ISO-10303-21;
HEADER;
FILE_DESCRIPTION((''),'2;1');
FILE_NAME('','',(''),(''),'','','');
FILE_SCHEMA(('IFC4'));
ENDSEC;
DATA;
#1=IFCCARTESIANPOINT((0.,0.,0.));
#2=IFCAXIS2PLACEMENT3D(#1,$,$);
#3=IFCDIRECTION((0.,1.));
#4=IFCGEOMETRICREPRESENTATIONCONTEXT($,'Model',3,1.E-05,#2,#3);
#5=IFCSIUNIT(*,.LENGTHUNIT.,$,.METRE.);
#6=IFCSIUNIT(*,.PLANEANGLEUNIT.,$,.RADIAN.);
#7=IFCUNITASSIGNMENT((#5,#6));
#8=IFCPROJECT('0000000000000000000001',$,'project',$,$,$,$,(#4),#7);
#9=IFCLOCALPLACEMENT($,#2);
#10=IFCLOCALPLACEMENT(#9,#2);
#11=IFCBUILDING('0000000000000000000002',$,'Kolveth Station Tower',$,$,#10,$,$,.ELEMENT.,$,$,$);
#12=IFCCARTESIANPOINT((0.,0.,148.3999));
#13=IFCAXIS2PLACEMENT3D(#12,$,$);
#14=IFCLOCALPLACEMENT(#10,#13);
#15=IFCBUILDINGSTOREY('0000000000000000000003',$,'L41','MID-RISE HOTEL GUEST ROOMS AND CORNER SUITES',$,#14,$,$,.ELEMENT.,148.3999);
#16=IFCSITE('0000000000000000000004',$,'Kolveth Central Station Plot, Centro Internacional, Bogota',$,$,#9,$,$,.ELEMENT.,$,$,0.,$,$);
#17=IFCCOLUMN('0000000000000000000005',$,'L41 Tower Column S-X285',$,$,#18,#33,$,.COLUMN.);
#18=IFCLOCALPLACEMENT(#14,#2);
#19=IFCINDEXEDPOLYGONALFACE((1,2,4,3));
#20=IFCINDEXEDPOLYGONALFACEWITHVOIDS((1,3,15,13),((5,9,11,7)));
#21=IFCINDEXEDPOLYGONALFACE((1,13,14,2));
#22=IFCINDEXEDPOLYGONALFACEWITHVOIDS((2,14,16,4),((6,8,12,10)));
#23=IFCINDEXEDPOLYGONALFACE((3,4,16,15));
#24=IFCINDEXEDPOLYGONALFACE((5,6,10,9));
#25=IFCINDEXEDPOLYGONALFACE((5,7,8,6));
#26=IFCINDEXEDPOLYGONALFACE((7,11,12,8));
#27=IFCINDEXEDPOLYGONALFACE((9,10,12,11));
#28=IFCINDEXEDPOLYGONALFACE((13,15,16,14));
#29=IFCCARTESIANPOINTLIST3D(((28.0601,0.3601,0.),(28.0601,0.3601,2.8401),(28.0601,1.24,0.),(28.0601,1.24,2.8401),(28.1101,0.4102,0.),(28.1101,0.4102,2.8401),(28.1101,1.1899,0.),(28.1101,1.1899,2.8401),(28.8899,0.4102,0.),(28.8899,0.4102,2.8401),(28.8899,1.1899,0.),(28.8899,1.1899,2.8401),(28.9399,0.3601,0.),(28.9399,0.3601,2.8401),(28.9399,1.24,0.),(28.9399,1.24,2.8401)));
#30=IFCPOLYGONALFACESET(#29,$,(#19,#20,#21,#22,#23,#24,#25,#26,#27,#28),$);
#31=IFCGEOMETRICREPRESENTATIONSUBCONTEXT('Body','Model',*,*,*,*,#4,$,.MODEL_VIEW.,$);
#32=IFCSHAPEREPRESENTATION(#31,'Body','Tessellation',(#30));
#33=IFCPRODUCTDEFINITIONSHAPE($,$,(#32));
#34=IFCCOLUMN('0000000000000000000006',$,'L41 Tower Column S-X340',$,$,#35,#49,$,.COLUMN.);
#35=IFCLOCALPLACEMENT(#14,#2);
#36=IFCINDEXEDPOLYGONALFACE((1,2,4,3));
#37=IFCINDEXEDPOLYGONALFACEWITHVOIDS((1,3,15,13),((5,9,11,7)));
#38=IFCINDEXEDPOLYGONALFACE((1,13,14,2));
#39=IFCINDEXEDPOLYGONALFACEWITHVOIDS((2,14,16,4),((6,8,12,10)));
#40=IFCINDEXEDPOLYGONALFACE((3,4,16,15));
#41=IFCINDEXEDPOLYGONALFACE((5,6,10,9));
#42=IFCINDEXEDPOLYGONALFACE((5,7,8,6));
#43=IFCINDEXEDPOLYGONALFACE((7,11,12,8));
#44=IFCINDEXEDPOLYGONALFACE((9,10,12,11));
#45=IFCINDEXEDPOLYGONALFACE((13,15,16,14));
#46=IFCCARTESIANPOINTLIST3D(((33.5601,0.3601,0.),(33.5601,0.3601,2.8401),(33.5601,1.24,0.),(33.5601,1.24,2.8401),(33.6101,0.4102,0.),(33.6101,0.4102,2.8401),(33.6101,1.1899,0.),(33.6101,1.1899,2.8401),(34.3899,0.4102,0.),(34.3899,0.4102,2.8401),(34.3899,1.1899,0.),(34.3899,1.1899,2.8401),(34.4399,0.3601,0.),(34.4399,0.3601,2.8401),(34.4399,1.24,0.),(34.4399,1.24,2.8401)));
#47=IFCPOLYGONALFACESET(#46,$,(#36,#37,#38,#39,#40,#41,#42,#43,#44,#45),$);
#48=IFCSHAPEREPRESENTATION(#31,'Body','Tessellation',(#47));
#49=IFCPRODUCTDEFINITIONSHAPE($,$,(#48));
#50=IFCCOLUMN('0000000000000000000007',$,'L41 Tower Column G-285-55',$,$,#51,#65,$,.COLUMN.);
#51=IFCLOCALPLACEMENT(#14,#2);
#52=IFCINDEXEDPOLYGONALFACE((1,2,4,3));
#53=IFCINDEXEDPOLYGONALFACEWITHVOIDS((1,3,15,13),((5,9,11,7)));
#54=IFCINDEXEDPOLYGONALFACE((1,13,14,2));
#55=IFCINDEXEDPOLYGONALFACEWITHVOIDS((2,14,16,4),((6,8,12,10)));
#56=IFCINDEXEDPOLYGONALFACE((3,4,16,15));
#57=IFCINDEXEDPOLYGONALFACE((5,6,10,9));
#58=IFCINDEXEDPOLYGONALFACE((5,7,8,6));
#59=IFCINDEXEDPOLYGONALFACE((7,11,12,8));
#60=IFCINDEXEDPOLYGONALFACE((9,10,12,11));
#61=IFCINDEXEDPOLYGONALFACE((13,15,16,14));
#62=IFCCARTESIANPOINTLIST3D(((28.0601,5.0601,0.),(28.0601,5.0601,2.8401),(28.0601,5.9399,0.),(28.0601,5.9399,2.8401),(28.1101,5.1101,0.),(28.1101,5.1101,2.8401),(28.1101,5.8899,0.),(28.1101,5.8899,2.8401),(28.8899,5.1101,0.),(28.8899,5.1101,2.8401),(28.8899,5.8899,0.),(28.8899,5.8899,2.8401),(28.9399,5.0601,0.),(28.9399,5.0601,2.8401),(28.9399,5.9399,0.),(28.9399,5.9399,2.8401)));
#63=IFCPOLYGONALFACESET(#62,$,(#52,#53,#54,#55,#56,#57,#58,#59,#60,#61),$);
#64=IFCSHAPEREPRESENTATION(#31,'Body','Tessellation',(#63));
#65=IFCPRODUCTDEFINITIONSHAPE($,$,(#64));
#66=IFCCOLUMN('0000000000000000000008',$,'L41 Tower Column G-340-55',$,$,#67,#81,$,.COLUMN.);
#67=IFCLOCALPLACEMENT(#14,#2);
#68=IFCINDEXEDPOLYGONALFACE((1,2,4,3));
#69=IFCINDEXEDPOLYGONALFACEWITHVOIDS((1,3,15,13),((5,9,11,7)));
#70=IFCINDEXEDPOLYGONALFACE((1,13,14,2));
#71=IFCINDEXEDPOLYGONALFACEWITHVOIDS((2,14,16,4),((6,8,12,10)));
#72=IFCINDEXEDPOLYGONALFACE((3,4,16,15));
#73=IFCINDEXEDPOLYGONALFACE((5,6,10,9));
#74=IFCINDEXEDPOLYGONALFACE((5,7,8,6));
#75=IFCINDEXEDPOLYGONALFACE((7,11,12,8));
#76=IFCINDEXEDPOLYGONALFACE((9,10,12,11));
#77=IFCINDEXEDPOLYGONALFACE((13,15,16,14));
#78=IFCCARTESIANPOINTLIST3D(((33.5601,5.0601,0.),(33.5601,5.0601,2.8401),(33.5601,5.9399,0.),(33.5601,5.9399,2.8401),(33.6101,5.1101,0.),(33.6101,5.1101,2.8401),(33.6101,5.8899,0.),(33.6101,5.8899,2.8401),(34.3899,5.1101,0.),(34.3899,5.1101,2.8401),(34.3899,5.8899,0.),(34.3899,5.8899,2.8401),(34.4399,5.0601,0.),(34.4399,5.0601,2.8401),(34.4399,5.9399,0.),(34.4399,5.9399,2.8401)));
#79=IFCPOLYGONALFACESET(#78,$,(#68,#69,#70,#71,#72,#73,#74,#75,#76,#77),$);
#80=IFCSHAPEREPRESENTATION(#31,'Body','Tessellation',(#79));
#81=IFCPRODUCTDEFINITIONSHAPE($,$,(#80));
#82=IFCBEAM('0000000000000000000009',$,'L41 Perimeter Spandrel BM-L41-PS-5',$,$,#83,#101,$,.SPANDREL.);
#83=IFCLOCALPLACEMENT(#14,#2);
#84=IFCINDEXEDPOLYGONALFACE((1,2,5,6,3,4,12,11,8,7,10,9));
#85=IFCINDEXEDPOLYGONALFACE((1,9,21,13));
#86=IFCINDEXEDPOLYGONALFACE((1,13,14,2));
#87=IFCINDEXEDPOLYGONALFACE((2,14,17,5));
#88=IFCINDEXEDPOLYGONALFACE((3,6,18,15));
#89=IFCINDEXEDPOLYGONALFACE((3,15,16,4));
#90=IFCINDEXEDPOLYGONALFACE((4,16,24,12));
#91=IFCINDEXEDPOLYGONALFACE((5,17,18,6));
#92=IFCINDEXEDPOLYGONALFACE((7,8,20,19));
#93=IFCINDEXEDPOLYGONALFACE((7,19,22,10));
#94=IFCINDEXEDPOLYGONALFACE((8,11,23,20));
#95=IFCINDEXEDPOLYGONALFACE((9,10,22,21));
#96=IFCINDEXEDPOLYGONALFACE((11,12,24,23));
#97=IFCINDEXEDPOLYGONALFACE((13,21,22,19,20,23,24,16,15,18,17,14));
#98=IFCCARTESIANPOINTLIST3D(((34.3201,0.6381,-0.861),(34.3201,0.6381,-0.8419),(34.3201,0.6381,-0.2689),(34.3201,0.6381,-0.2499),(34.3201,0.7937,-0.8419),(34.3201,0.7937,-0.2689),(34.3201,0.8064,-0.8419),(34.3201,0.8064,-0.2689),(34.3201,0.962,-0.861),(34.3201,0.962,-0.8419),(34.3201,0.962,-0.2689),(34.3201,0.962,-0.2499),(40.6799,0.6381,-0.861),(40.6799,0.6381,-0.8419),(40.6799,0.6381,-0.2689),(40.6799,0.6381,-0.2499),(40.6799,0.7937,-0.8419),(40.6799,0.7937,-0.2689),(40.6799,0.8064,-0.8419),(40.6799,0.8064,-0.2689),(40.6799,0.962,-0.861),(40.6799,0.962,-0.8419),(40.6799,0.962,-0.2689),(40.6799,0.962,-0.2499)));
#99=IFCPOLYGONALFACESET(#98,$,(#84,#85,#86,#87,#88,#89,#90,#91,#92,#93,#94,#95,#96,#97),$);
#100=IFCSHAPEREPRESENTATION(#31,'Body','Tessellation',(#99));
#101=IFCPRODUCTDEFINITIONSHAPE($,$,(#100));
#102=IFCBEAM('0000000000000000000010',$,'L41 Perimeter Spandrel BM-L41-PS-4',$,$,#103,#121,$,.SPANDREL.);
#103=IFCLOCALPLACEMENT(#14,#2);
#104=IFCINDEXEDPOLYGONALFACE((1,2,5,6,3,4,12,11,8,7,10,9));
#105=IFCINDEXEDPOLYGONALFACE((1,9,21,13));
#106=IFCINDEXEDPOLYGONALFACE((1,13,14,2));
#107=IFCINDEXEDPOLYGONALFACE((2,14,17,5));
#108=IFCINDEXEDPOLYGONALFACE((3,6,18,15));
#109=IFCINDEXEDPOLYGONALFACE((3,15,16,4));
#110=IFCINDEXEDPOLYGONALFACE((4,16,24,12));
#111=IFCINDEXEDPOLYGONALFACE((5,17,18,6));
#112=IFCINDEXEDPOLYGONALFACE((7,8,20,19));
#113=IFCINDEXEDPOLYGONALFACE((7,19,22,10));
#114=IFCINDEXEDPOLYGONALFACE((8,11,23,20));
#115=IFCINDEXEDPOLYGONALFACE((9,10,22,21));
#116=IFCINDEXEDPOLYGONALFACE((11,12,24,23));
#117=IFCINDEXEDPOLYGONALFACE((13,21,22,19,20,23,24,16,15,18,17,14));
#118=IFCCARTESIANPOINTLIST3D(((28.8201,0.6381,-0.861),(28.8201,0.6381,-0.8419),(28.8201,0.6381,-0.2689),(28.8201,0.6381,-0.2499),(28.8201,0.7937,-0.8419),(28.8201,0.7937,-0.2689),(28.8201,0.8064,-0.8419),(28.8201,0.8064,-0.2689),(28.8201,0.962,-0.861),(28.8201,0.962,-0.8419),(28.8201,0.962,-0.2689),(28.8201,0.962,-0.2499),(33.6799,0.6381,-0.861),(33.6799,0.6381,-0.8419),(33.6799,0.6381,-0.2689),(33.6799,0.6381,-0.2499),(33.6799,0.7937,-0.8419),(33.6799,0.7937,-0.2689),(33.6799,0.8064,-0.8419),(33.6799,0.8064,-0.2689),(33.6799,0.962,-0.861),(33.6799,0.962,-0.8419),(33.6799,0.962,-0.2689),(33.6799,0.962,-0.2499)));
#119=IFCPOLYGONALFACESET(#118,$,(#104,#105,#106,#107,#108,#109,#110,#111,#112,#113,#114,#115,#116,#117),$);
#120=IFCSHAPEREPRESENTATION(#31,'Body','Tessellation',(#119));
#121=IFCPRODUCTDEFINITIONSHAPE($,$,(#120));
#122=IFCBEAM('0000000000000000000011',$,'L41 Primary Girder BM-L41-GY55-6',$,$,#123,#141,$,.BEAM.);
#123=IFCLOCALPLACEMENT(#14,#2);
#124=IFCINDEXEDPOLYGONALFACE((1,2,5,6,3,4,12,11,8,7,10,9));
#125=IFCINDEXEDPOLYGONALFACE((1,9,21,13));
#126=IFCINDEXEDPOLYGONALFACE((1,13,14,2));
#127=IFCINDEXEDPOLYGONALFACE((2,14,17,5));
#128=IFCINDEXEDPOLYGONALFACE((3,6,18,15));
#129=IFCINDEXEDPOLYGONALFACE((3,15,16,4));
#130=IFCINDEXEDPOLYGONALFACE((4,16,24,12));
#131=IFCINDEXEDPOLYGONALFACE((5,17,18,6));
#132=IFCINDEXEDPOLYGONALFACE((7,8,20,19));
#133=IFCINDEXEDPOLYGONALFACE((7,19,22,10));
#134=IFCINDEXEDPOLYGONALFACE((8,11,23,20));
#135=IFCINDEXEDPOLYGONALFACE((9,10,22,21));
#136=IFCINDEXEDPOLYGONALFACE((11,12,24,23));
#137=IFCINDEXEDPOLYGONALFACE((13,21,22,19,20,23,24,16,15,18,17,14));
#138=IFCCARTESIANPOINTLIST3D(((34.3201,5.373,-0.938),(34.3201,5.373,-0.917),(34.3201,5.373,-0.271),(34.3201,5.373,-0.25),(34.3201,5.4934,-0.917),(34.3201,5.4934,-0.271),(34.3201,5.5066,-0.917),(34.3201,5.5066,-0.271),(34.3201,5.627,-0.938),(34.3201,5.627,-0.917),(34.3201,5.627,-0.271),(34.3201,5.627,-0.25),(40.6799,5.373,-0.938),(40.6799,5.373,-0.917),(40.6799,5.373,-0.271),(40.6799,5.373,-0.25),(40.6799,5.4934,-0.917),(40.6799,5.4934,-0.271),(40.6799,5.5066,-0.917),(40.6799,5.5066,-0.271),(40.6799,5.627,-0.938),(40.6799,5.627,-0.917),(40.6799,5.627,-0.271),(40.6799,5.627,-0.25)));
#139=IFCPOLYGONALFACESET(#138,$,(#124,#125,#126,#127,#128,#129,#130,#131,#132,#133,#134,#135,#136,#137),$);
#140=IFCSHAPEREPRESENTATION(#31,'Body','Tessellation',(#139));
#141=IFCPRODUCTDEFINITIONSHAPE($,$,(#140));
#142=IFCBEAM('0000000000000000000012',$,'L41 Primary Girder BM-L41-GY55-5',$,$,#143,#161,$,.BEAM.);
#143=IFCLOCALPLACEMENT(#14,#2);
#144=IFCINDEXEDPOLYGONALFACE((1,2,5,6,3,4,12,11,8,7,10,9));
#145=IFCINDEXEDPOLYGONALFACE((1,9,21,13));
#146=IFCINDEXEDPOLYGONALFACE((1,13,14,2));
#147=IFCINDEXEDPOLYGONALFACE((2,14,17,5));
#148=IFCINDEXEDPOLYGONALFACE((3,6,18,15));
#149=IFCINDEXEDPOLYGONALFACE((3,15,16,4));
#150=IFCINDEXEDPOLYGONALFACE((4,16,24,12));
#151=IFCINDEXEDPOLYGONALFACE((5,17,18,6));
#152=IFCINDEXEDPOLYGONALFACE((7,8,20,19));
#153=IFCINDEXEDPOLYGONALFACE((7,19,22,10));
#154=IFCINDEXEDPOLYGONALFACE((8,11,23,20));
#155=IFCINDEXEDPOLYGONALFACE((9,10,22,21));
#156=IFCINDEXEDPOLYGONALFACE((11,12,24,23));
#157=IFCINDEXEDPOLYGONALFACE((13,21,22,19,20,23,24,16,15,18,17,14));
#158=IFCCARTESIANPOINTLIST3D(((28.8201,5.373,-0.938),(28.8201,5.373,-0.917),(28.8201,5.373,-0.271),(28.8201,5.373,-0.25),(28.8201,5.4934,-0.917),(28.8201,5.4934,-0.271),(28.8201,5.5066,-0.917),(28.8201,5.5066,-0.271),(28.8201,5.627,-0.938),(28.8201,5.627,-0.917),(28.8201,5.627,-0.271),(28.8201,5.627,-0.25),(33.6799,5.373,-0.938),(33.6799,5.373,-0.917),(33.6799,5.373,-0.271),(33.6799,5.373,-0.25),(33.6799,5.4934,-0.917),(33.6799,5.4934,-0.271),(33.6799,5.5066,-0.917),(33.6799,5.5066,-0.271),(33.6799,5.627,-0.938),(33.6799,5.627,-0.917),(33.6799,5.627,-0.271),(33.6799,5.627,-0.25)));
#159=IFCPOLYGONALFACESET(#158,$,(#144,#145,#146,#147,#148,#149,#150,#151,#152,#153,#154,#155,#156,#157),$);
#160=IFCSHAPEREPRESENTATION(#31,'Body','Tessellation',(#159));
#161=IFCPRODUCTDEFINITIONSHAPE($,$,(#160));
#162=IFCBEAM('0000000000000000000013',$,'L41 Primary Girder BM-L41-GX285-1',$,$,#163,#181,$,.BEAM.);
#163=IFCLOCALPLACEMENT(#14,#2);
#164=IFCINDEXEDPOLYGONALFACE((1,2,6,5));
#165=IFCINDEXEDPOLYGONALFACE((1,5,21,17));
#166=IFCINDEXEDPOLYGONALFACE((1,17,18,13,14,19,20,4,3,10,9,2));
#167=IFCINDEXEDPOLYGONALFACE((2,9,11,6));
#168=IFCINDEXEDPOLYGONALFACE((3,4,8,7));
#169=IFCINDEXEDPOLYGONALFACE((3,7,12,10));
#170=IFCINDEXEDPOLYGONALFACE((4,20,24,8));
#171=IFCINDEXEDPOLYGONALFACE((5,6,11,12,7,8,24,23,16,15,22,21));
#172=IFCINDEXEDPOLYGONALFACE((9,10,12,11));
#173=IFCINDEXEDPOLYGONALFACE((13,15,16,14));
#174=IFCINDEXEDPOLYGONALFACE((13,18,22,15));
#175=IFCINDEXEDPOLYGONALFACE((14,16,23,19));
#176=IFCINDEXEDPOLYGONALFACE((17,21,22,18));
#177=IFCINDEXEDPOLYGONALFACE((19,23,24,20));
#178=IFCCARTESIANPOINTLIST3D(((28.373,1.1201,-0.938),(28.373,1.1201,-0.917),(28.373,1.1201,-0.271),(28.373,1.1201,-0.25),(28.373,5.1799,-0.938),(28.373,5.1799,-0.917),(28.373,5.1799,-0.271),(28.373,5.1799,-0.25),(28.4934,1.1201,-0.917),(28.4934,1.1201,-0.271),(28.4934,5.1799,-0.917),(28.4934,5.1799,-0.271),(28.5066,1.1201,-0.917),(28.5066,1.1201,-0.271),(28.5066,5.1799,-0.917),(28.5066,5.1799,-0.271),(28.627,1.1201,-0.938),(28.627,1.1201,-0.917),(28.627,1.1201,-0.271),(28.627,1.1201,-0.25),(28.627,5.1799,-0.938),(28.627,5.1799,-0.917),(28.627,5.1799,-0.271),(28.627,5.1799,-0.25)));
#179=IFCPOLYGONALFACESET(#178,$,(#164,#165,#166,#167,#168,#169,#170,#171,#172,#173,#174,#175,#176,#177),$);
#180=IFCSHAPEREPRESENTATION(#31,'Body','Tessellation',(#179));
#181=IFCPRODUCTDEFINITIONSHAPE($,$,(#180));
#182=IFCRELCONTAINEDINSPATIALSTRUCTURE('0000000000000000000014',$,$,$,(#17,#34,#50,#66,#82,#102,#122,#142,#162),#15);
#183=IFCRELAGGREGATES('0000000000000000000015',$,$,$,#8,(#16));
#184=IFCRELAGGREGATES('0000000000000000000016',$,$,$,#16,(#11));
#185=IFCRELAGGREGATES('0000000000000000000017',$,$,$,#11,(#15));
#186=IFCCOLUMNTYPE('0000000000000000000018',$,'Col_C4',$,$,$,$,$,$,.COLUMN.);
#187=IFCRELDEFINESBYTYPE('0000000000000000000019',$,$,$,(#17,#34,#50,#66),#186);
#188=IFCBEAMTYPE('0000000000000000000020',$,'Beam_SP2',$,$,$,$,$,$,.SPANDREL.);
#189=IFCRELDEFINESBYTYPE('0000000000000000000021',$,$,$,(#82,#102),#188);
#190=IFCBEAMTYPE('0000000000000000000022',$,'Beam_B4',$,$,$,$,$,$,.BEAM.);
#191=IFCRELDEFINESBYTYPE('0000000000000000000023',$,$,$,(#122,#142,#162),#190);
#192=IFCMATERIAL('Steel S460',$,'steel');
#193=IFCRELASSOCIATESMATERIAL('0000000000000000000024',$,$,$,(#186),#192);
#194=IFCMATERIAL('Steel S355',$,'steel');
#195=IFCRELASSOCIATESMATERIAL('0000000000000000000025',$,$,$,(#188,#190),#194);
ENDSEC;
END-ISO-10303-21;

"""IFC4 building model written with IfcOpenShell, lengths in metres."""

from ifc_helpers import new_model, si_unit, direction, frame, origin, origin_2d, place, context, subcontext, project, spatial, hollow_rectangle, i_section, extrude, source, transform, mapped, material, material_profile, profile_set, type_object, element, save


model = new_model("IFC4")

# Units and contexts
model_context = context("Model", 3, precision=1e-05, world=origin(), true_north=direction((0.0, 1.0)))
body_context = subcontext(model_context, "Body", "Model", "MODEL_VIEW")
ifc_project = project(units=[si_unit("LENGTHUNIT", "METRE"), si_unit("PLANEANGLEUNIT", "RADIAN")], contexts=[model_context])

# Site, building, storey
site_placement = place(None, origin())
site = spatial("IfcSite", under=ifc_project, at=site_placement, Name="Kolveth Central Station Plot, Centro Internacional, Bogota", CompositionType="ELEMENT", RefElevation=0.0)
building_placement = place(site_placement, origin())
building = spatial("IfcBuilding", under=site, at=building_placement, Name="Kolveth Station Tower", CompositionType="ELEMENT")
storey_placement = place(building_placement, frame((0.0, 0.0, 148.3999)))
storey = spatial("IfcBuildingStorey", under=building, at=storey_placement, Name="L41", Description="MID-RISE HOTEL GUEST ROOMS AND CORNER SUITES", CompositionType="ELEMENT", Elevation=148.3999)

# Columns
ifc_material_1 = material(Name="Steel S460", Category="steel")
ifc_material_profile_1 = material_profile(ifc_material_1, hollow_rectangle(XDim=0.8799, YDim=0.8799, WallThickness=0.05, at=origin_2d()), Name="BOX880x880x50")
ifc_profile_set_1 = profile_set([ifc_material_profile_1], Name="Steel S460")
column_type = type_object("IfcColumnType", Name="Col_C4", PredefinedType="COLUMN", material=ifc_profile_set_1)
shared_shape_1 = source(origin(), body_context, "Body", "SweptSolid", [
    extrude(hollow_rectangle(XDim=0.8799, YDim=0.8799, WallThickness=0.05, at=origin_2d()), origin(), (0.0, 0.0, 1.0), 2.8401),
])
for number, where, z_axis, x_axis, name in (
    (1, (28.5, 0.8, 0.0), (0.0, 0.0, 1.0), (1.0, 0.0, 0.0), "L41 Tower Column S-X285"),
    (2, (34.0, 0.8, 0.0), (0.0, 0.0, 1.0), (1.0, 0.0, 0.0), "L41 Tower Column S-X340"),
    (3, (28.5, 5.5, 0.0), (0.0, 0.0, 1.0), (1.0, 0.0, 0.0), "L41 Tower Column G-285-55"),
    (4, (34.0, 5.5, 0.0), (0.0, 0.0, 1.0), (1.0, 0.0, 0.0), "L41 Tower Column G-340-55"),
):
    element("IfcColumn", number, at=place(storey_placement, frame(where, z_axis=z_axis, x_axis=x_axis)), inside=storey, type_object=column_type, Name=name, PredefinedType="COLUMN", context=body_context, shape_type="MappedRepresentation", body=[
        mapped(shared_shape_1, transform((0.0, 0.0, 0.0), x_axis=(1.0, 0.0, 0.0), y_axis=(0.0, 1.0, 0.0), z_axis=(0.0, 0.0, 1.0), scale=1.0)),
    ])

# Beams
ifc_material_2 = material(Name="Steel S355", Category="steel")
ifc_material_profile_2 = material_profile(ifc_material_2, i_section(OverallWidth=0.324, OverallDepth=0.6111, WebThickness=0.0127, FlangeThickness=0.019, at=origin_2d()), Name="W610x155")
ifc_profile_set_2 = profile_set([ifc_material_profile_2], Name="Steel S355")
beam_type_1 = type_object("IfcBeamType", Name="Beam_SP2", PredefinedType="SPANDREL", material=ifc_profile_set_2)
shared_shape_2 = source(origin(), body_context, "Body", "SweptSolid", [
    extrude(i_section(OverallWidth=0.324, OverallDepth=0.6111, WebThickness=0.0127, FlangeThickness=0.019, at=origin_2d()), origin(), (0.0, 0.0, 1.0), 6.3599),
])
beam_1_placement = place(storey_placement, frame((34.3201, 0.8, -0.5554), z_axis=(1.0, 0.0, 0.0), x_axis=(0.0, 1.0, 0.0)))
element("IfcBeam", 5, at=beam_1_placement, inside=storey, type_object=beam_type_1, Name="L41 Perimeter Spandrel BM-L41-PS-5", PredefinedType="SPANDREL", context=body_context, shape_type="MappedRepresentation", body=[
    mapped(shared_shape_2, transform((0.0, 0.0, 0.0), x_axis=(1.0, 0.0, 0.0), y_axis=(0.0, 1.0, 0.0), z_axis=(0.0, 0.0, 1.0), scale=1.0)),
])
shared_shape_3 = source(origin(), body_context, "Body", "SweptSolid", [
    extrude(i_section(OverallWidth=0.324, OverallDepth=0.6111, WebThickness=0.0127, FlangeThickness=0.019, at=origin_2d()), origin(), (0.0, 0.0, 1.0), 4.8599),
])
beam_2_placement = place(storey_placement, frame((28.8201, 0.8, -0.5554), z_axis=(1.0, 0.0, 0.0), x_axis=(0.0, 1.0, 0.0)))
element("IfcBeam", 6, at=beam_2_placement, inside=storey, type_object=beam_type_1, Name="L41 Perimeter Spandrel BM-L41-PS-4", PredefinedType="SPANDREL", context=body_context, shape_type="MappedRepresentation", body=[
    mapped(shared_shape_3, transform((0.0, 0.0, 0.0), x_axis=(1.0, 0.0, 0.0), y_axis=(0.0, 1.0, 0.0), z_axis=(0.0, 0.0, 1.0), scale=1.0)),
])
ifc_material_profile_3 = material_profile(ifc_material_2, i_section(OverallWidth=0.2539, OverallDepth=0.688, WebThickness=0.0132, FlangeThickness=0.021, at=origin_2d()), Name="W690x152")
ifc_profile_set_3 = profile_set([ifc_material_profile_3], Name="Steel S355")
beam_type_2 = type_object("IfcBeamType", Name="Beam_B4", PredefinedType="BEAM", material=ifc_profile_set_3)
shared_shape_4 = source(origin(), body_context, "Body", "SweptSolid", [
    extrude(i_section(OverallWidth=0.2539, OverallDepth=0.688, WebThickness=0.0132, FlangeThickness=0.021, at=origin_2d()), origin(), (0.0, 0.0, 1.0), 6.3599),
])
beam_3_placement = place(storey_placement, frame((34.3201, 5.5, -0.594), z_axis=(1.0, 0.0, 0.0), x_axis=(0.0, 1.0, 0.0)))
element("IfcBeam", 7, at=beam_3_placement, inside=storey, type_object=beam_type_2, Name="L41 Primary Girder BM-L41-GY55-6", PredefinedType="BEAM", context=body_context, shape_type="MappedRepresentation", body=[
    mapped(shared_shape_4, transform((0.0, 0.0, 0.0), x_axis=(1.0, 0.0, 0.0), y_axis=(0.0, 1.0, 0.0), z_axis=(0.0, 0.0, 1.0), scale=1.0)),
])
shared_shape_5 = source(origin(), body_context, "Body", "SweptSolid", [
    extrude(i_section(OverallWidth=0.2539, OverallDepth=0.688, WebThickness=0.0132, FlangeThickness=0.021, at=origin_2d()), origin(), (0.0, 0.0, 1.0), 4.8599),
])
beam_4_placement = place(storey_placement, frame((28.8201, 5.5, -0.594), z_axis=(1.0, 0.0, 0.0), x_axis=(0.0, 1.0, 0.0)))
element("IfcBeam", 8, at=beam_4_placement, inside=storey, type_object=beam_type_2, Name="L41 Primary Girder BM-L41-GY55-5", PredefinedType="BEAM", context=body_context, shape_type="MappedRepresentation", body=[
    mapped(shared_shape_5, transform((0.0, 0.0, 0.0), x_axis=(1.0, 0.0, 0.0), y_axis=(0.0, 1.0, 0.0), z_axis=(0.0, 0.0, 1.0), scale=1.0)),
])
shared_shape_6 = source(origin(), body_context, "Body", "SweptSolid", [
    extrude(i_section(OverallWidth=0.2539, OverallDepth=0.688, WebThickness=0.0132, FlangeThickness=0.021, at=origin_2d()), origin(), (0.0, 0.0, 1.0), 4.0598),
])
for number, where, z_axis, x_axis, name in (
    (9, (28.5, 1.1201, -0.594), (0.0, 1.0, 0.0), (-1.0, 0.0, 0.0), "L41 Primary Girder BM-L41-GX285-1"),
):
    element("IfcBeam", number, at=place(storey_placement, frame(where, z_axis=z_axis, x_axis=x_axis)), inside=storey, type_object=beam_type_2, Name=name, PredefinedType="BEAM", context=body_context, shape_type="MappedRepresentation", body=[
        mapped(shared_shape_6, transform((0.0, 0.0, 0.0), x_axis=(1.0, 0.0, 0.0), y_axis=(0.0, 1.0, 0.0), z_axis=(0.0, 0.0, 1.0), scale=1.0)),
    ])

save(model, "model.ifc")
